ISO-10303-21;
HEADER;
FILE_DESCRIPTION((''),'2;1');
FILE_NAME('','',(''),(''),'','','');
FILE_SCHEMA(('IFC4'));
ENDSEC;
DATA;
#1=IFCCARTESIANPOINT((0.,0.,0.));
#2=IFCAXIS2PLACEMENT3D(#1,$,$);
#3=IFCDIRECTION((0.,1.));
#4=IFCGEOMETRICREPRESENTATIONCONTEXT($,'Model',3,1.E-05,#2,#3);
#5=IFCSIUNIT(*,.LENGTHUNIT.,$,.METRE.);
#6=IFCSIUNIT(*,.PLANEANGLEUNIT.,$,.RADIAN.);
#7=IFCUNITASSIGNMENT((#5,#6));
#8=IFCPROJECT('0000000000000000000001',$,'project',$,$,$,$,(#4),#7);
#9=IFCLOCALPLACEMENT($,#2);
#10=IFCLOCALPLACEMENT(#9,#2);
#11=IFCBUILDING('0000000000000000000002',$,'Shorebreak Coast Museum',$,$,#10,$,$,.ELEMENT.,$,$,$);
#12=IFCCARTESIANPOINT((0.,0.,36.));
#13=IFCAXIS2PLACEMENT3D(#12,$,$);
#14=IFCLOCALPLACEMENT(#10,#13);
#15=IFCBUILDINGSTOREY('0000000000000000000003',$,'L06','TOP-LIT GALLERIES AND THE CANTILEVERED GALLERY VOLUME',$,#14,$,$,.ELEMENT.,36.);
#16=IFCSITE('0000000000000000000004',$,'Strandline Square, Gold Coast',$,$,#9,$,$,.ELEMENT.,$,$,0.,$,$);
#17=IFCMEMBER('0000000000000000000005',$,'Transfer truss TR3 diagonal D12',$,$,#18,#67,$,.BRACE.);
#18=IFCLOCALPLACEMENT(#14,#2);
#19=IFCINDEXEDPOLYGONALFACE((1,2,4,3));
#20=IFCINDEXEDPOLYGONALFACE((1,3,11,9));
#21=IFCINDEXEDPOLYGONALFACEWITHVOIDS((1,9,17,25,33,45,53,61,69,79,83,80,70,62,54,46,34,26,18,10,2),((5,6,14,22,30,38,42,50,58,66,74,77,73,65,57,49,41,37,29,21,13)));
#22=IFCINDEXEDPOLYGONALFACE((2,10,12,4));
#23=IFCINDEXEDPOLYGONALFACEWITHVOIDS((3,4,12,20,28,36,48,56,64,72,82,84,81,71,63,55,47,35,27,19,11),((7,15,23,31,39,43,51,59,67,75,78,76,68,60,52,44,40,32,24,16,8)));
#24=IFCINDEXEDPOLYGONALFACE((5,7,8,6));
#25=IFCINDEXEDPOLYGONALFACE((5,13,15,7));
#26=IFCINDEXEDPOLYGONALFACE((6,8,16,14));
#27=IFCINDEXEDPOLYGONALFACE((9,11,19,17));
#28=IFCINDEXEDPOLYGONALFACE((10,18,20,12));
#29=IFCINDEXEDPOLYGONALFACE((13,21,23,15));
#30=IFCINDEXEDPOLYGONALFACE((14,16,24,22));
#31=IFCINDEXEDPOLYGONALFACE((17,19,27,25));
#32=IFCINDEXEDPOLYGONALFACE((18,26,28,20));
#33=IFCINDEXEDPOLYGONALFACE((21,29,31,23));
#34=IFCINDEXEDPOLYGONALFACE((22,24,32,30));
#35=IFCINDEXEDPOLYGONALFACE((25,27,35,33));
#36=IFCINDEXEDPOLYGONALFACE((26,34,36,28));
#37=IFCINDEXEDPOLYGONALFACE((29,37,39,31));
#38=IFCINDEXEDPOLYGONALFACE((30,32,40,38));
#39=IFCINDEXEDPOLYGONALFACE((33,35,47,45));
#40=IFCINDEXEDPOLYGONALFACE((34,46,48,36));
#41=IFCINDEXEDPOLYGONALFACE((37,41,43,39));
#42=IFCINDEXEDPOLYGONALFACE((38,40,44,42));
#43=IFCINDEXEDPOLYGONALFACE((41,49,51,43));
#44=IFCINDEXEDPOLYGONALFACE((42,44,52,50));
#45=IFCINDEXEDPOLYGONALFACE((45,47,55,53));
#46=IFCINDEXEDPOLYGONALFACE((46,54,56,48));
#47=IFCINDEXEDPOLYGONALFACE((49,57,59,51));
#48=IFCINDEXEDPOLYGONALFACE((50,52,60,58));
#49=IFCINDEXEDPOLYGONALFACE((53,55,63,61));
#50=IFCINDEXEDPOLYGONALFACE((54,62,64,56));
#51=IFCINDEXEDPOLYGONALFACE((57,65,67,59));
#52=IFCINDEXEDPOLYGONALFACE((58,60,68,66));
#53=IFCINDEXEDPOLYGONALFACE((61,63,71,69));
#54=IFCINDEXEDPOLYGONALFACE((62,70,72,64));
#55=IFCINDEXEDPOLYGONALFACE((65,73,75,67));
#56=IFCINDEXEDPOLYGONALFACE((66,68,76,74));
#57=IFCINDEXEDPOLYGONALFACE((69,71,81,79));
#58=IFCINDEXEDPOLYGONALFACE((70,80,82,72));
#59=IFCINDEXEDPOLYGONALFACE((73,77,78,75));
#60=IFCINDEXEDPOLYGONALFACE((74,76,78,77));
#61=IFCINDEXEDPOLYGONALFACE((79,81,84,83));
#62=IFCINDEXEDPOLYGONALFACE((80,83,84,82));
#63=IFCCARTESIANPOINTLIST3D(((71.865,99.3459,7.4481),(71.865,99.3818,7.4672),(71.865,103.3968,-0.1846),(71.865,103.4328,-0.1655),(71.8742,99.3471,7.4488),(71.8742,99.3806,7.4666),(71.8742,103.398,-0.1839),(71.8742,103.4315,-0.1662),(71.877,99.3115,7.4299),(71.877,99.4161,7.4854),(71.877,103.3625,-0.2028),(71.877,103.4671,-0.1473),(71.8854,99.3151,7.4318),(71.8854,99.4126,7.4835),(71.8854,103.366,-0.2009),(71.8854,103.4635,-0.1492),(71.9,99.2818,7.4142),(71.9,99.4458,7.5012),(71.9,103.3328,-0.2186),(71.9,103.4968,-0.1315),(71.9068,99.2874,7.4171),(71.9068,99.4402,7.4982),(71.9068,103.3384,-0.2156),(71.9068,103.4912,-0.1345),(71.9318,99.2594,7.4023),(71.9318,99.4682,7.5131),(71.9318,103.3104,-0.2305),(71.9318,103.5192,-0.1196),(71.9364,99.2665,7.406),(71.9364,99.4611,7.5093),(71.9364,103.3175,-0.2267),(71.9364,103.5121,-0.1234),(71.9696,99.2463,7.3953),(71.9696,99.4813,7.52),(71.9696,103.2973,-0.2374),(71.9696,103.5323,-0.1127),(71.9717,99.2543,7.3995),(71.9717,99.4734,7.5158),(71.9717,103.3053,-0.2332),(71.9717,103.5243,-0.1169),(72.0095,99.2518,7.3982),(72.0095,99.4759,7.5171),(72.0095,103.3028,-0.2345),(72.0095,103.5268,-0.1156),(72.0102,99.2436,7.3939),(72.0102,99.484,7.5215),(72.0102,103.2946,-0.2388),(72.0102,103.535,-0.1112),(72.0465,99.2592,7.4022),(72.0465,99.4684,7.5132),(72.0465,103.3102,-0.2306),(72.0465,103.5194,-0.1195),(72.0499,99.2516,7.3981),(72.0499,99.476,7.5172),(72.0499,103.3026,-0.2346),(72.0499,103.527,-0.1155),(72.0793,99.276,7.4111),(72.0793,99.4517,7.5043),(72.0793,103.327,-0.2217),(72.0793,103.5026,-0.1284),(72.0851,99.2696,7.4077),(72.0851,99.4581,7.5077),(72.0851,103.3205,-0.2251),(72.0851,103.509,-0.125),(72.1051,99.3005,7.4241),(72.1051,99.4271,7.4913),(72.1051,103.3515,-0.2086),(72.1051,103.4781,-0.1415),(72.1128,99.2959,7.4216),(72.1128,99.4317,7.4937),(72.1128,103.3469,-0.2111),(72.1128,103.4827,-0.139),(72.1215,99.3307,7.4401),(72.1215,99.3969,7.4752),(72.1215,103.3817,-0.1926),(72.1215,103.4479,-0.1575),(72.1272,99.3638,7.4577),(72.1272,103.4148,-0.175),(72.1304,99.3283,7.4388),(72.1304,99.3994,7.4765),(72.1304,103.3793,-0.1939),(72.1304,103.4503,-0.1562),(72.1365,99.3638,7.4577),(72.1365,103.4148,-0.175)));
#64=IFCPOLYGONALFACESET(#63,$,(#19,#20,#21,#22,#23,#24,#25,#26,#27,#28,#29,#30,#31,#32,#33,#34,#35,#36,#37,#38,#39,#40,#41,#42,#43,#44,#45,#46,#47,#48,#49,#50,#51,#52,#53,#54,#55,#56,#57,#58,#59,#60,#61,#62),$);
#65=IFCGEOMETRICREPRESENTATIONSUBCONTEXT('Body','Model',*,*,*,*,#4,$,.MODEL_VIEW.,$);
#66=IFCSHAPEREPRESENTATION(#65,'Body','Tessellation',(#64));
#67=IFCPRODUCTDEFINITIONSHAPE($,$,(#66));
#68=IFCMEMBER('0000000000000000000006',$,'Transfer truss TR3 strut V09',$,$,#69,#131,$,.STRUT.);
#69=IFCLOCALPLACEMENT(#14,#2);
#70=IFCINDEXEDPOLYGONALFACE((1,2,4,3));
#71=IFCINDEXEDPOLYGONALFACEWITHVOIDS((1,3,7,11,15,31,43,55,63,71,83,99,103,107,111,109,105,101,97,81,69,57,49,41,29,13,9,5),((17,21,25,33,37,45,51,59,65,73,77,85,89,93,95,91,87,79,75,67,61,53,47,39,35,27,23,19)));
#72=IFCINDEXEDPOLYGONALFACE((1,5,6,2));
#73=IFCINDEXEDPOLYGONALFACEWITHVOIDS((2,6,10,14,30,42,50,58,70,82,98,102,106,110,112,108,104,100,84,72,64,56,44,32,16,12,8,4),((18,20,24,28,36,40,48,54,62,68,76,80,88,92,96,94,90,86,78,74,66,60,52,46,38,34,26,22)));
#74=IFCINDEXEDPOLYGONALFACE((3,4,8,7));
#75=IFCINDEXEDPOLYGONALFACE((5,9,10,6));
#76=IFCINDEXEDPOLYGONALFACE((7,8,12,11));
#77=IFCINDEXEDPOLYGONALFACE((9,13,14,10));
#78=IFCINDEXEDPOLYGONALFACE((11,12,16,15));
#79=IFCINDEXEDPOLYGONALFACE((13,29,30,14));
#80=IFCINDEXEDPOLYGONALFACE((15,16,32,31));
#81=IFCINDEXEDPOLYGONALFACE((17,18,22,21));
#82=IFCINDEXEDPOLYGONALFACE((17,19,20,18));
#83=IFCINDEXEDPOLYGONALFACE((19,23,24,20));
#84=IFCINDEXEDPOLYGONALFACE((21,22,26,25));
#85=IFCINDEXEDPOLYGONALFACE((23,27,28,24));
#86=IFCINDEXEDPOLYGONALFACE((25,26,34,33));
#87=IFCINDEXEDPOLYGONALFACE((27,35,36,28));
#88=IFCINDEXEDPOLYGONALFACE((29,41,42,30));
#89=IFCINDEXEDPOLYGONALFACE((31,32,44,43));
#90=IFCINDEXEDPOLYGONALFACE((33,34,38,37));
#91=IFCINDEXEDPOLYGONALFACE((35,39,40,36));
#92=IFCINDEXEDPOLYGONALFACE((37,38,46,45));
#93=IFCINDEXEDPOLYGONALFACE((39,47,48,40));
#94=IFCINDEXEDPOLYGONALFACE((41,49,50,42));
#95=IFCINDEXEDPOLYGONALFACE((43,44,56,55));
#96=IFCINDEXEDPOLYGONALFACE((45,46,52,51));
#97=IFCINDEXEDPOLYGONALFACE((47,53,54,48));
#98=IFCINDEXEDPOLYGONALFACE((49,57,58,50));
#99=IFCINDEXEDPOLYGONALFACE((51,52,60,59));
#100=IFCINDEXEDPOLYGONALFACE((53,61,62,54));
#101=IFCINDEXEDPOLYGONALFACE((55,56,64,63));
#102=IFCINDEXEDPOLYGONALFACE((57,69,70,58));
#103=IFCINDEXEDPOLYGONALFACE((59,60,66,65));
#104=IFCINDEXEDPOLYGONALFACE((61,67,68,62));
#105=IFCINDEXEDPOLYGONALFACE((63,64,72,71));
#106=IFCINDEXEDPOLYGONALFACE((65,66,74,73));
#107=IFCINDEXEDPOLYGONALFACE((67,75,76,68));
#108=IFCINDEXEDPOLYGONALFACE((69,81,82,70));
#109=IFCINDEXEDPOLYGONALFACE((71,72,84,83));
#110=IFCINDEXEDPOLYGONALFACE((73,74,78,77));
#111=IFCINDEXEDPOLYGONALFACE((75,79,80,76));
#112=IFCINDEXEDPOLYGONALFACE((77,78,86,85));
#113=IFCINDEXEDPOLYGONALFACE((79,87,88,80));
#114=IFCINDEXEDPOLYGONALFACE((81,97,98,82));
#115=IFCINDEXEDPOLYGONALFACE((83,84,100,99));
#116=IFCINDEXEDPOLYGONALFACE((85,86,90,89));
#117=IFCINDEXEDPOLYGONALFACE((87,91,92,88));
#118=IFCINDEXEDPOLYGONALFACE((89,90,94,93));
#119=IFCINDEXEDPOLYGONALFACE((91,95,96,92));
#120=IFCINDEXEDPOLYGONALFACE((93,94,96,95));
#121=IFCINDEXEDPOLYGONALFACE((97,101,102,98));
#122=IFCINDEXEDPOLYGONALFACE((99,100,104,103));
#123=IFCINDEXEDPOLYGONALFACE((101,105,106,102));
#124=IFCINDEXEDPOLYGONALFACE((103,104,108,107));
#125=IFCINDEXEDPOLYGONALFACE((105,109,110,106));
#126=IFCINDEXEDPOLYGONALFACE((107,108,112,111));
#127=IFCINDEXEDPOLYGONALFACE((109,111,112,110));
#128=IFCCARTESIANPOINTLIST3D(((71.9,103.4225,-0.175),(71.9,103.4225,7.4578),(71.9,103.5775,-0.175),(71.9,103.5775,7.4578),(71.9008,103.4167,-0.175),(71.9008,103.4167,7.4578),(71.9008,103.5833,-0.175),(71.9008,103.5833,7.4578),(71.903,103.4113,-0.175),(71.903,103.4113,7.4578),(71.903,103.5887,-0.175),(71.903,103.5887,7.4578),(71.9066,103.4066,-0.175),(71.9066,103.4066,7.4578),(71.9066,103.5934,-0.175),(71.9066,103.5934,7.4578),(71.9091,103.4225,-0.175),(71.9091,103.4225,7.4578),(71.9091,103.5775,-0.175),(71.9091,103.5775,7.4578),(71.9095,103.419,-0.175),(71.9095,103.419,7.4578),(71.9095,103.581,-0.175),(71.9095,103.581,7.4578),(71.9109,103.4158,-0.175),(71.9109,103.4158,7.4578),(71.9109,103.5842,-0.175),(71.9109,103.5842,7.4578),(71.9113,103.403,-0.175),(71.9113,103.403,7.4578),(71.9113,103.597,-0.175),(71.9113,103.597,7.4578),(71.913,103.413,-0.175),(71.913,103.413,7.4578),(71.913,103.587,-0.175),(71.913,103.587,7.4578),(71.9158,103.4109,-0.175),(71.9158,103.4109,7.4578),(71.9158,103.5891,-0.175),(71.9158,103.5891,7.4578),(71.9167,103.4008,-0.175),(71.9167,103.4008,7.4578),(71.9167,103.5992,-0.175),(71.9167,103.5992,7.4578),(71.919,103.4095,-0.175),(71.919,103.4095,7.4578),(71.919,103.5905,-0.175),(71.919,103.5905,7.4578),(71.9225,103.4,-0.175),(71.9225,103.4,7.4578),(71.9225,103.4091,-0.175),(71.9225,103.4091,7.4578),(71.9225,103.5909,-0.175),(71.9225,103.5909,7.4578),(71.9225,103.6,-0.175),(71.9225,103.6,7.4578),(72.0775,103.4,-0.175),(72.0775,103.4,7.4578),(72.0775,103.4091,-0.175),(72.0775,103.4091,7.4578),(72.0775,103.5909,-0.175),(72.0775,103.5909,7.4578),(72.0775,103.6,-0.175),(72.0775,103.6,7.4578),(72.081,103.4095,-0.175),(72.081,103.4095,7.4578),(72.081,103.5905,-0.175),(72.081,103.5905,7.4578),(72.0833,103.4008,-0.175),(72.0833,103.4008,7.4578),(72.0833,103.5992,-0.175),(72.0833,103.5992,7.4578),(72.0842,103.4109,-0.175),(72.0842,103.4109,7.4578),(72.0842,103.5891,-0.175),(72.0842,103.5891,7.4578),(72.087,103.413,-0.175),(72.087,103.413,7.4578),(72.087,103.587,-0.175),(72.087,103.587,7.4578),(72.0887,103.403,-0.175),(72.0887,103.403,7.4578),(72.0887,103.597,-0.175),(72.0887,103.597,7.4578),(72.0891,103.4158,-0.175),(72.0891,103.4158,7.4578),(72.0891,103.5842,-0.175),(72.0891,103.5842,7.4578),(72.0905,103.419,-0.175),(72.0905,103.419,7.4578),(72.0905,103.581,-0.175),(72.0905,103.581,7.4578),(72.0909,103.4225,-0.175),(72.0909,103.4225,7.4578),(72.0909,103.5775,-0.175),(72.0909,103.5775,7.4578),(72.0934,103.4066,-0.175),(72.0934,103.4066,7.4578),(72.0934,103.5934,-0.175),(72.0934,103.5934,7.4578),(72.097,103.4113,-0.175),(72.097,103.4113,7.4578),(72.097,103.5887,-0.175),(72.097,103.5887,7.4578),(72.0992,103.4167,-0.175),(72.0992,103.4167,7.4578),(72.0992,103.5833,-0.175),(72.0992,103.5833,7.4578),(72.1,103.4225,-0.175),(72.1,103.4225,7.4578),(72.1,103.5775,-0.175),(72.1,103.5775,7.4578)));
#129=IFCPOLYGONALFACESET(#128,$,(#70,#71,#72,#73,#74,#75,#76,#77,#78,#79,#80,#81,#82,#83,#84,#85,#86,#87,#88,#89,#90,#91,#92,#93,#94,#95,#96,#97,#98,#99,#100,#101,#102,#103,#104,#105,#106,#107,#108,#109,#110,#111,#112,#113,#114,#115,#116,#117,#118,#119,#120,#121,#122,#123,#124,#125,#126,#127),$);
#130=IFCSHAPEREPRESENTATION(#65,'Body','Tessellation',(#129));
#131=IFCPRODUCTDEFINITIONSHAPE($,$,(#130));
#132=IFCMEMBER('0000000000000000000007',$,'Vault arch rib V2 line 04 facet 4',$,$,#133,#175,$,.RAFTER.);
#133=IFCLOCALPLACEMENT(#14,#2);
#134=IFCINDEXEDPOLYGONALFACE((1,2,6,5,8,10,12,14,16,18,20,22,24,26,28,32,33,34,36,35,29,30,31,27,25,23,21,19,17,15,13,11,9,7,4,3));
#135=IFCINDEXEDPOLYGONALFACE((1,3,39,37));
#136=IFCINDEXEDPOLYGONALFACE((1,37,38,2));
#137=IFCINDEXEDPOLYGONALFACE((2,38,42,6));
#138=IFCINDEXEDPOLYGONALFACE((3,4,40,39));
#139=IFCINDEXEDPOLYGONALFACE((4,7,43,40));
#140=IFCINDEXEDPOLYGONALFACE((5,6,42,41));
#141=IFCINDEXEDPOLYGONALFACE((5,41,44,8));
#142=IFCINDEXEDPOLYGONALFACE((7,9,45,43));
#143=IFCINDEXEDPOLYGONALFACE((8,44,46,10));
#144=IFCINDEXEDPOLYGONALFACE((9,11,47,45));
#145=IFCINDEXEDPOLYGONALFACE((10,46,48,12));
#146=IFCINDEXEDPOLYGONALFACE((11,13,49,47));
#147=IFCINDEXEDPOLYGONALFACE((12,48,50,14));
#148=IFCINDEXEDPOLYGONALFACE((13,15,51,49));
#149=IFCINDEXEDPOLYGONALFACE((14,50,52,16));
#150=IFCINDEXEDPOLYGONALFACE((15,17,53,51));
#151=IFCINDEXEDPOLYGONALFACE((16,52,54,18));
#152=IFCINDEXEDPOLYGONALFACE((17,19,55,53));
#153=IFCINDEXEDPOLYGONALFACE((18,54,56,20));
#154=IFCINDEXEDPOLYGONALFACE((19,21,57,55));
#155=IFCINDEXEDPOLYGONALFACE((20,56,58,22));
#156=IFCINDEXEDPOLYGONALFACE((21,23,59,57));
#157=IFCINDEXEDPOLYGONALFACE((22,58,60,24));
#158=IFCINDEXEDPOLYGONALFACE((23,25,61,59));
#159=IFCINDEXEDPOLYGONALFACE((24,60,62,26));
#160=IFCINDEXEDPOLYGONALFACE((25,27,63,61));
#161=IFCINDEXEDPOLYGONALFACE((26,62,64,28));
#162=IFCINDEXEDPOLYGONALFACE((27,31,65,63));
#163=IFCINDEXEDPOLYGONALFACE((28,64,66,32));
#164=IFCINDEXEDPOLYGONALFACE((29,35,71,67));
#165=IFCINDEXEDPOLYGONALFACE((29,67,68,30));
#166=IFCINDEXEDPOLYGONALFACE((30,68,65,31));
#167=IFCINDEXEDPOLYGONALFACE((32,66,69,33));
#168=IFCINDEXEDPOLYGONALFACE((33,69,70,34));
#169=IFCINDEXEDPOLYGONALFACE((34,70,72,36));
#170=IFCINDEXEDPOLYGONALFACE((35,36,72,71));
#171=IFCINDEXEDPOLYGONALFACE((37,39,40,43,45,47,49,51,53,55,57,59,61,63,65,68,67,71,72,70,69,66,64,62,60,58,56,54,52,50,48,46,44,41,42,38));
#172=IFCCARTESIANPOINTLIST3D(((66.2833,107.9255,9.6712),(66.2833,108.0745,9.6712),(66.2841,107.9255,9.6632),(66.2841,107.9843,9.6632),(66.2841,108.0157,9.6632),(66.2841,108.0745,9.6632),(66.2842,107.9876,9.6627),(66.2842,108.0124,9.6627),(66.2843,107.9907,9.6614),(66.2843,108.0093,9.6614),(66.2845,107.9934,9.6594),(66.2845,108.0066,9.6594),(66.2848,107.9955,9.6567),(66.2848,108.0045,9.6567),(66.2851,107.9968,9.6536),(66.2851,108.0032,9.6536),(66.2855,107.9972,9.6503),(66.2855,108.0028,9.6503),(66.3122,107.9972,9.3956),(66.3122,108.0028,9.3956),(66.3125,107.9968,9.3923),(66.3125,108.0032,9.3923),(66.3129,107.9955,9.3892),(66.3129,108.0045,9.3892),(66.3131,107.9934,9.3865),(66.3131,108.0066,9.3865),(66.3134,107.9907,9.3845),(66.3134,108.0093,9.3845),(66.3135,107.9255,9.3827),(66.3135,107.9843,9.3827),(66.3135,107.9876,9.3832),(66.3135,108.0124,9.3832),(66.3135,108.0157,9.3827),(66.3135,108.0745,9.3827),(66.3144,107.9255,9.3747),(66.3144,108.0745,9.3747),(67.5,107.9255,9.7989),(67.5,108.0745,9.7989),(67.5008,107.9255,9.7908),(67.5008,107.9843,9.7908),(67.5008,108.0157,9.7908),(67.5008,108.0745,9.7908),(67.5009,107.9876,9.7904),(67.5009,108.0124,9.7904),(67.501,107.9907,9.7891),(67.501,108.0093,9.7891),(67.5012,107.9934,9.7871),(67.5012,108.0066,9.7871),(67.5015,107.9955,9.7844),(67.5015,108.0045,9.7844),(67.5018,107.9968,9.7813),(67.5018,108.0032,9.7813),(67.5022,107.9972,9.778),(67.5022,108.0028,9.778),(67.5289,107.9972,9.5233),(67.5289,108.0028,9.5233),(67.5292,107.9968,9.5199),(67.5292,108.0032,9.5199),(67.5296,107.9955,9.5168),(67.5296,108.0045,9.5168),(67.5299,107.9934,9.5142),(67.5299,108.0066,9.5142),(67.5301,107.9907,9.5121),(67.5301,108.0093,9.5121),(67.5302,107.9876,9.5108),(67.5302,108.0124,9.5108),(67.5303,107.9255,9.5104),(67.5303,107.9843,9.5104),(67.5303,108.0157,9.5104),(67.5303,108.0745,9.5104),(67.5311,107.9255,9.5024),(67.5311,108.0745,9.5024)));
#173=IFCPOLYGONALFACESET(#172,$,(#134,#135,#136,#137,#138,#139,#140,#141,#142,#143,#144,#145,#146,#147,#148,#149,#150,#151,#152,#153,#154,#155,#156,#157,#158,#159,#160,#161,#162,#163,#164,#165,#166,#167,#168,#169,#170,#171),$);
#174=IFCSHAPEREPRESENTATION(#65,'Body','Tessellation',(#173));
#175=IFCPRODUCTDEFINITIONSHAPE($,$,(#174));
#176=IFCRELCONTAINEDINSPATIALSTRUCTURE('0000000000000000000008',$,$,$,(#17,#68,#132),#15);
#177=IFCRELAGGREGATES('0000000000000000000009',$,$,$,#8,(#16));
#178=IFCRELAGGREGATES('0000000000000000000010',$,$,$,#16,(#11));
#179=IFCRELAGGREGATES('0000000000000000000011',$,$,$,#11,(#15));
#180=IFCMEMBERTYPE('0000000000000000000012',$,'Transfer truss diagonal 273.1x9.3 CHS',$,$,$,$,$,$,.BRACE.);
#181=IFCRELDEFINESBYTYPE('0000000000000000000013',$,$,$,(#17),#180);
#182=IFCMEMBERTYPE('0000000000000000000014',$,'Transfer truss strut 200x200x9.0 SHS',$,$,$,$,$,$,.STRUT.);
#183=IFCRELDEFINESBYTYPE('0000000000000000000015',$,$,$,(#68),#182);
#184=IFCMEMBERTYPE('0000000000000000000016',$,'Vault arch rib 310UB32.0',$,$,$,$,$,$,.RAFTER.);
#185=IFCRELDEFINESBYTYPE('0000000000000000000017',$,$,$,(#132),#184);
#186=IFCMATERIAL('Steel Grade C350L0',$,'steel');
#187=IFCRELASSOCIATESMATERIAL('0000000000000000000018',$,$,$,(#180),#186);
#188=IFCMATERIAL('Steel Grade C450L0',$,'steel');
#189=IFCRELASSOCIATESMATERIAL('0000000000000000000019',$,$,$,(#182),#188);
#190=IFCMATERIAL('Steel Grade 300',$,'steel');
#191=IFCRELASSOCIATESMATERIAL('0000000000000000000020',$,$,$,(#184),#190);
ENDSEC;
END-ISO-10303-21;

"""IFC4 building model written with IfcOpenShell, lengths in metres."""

from ifc_helpers import new_model, si_unit, direction, frame, origin, origin_2d, place, context, subcontext, project, spatial, hollow_rectangle, hollow_circle, i_section, extrude, material, material_profile, profile_set, type_object, element, save


model = new_model("IFC4")

# Units and contexts
model_context = context("Model", 3, precision=1e-05, world=origin(), true_north=direction((0.0, 1.0)))
body_context = subcontext(model_context, "Body", "Model", "MODEL_VIEW")
ifc_project = project(units=[si_unit("LENGTHUNIT", "METRE"), si_unit("PLANEANGLEUNIT", "RADIAN")], contexts=[model_context])

# Site, building, storey
site_placement = place(None, origin())
site = spatial("IfcSite", under=ifc_project, at=site_placement, Name="Strandline Square, Gold Coast", CompositionType="ELEMENT", RefElevation=0.0)
building_placement = place(site_placement, origin())
building = spatial("IfcBuilding", under=site, at=building_placement, Name="Shorebreak Coast Museum", CompositionType="ELEMENT")
storey_placement = place(building_placement, frame((0.0, 0.0, 36.0)))
storey = spatial("IfcBuildingStorey", under=building, at=storey_placement, Name="L06", Description="TOP-LIT GALLERIES AND THE CANTILEVERED GALLERY VOLUME", CompositionType="ELEMENT", Elevation=36.0)

# Members
ifc_material_1 = material(Name="Steel Grade C350L0", Category="steel")
ifc_material_profile_1 = material_profile(ifc_material_1, hollow_circle(Radius=0.1365, WallThickness=0.0093, at=origin_2d()), Name="273.1x9.3 CHS")
ifc_profile_set_1 = profile_set([ifc_material_profile_1], Name="Steel Grade C350L0")
member_type_1 = type_object("IfcMemberType", Name="Transfer truss diagonal 273.1x9.3 CHS", PredefinedType="BRACE", material=ifc_profile_set_1)
member_1_placement = place(storey_placement, frame((72.0, 103.4148, -0.175), z_axis=(0.0, -0.468803, 0.883303), x_axis=(1.0, 0.0, 0.0)))
element("IfcMember", 1, at=member_1_placement, inside=storey, type_object=member_type_1, Name="Transfer truss TR3 diagonal D12", PredefinedType="BRACE", context=body_context, shape_type="SweptSolid", body=[
    extrude(hollow_circle(Radius=0.1365, WallThickness=0.0093, at=origin_2d()), origin(), (0.0, 0.0, 1.0), 8.6411),
])
ifc_material_2 = material(Name="Steel Grade C450L0", Category="steel")
ifc_material_profile_2 = material_profile(ifc_material_2, hollow_rectangle(XDim=0.2, YDim=0.2, WallThickness=0.009, InnerFilletRadius=0.0134, OuterFilletRadius=0.0225, at=origin_2d()), Name="200x200x9.0 SHS")
ifc_profile_set_2 = profile_set([ifc_material_profile_2], Name="Steel Grade C450L0")
member_type_2 = type_object("IfcMemberType", Name="Transfer truss strut 200x200x9.0 SHS", PredefinedType="STRUT", material=ifc_profile_set_2)
member_2_placement = place(storey_placement, frame((72.0, 103.5, -0.175), z_axis=(0.0, 0.0, 1.0), x_axis=(1.0, 0.0, 0.0)))
element("IfcMember", 2, at=member_2_placement, inside=storey, type_object=member_type_2, Name="Transfer truss TR3 strut V09", PredefinedType="STRUT", context=body_context, shape_type="SweptSolid", body=[
    extrude(hollow_rectangle(XDim=0.2, YDim=0.2, WallThickness=0.009, InnerFilletRadius=0.0134, OuterFilletRadius=0.0225, at=origin_2d()), origin(), (0.0, 0.0, 1.0), 7.6328),
])
ifc_material_3 = material(Name="Steel Grade 300", Category="steel")
ifc_material_profile_3 = material_profile(ifc_material_3, i_section(OverallWidth=0.1489, OverallDepth=0.2981, WebThickness=0.0056, FlangeThickness=0.0081, FilletRadius=0.0129, at=origin_2d()), Name="310UB32.0")
ifc_profile_set_3 = profile_set([ifc_material_profile_3], Name="Steel Grade 300")
member_type_3 = type_object("IfcMemberType", Name="Vault arch rib 310UB32.0", PredefinedType="RAFTER", material=ifc_profile_set_3)
for number, where, z_axis, x_axis, name in (
    (3, (66.2988, 108.0, 9.5229), (0.994539, 0.0, 0.104363), (0.0, 1.0, 0.0), "Vault arch rib V2 line 04 facet 4"),
):
    element("IfcMember", number, at=place(storey_placement, frame(where, z_axis=z_axis, x_axis=x_axis)), inside=storey, type_object=member_type_3, Name=name, PredefinedType="RAFTER", context=body_context, shape_type="SweptSolid", body=[
        extrude(i_section(OverallWidth=0.1489, OverallDepth=0.2981, WebThickness=0.0056, FlangeThickness=0.0081, FilletRadius=0.0129, at=origin_2d()), origin(), (0.0, 0.0, 1.0), 1.2234),
    ])

save(model, "model.ifc")
